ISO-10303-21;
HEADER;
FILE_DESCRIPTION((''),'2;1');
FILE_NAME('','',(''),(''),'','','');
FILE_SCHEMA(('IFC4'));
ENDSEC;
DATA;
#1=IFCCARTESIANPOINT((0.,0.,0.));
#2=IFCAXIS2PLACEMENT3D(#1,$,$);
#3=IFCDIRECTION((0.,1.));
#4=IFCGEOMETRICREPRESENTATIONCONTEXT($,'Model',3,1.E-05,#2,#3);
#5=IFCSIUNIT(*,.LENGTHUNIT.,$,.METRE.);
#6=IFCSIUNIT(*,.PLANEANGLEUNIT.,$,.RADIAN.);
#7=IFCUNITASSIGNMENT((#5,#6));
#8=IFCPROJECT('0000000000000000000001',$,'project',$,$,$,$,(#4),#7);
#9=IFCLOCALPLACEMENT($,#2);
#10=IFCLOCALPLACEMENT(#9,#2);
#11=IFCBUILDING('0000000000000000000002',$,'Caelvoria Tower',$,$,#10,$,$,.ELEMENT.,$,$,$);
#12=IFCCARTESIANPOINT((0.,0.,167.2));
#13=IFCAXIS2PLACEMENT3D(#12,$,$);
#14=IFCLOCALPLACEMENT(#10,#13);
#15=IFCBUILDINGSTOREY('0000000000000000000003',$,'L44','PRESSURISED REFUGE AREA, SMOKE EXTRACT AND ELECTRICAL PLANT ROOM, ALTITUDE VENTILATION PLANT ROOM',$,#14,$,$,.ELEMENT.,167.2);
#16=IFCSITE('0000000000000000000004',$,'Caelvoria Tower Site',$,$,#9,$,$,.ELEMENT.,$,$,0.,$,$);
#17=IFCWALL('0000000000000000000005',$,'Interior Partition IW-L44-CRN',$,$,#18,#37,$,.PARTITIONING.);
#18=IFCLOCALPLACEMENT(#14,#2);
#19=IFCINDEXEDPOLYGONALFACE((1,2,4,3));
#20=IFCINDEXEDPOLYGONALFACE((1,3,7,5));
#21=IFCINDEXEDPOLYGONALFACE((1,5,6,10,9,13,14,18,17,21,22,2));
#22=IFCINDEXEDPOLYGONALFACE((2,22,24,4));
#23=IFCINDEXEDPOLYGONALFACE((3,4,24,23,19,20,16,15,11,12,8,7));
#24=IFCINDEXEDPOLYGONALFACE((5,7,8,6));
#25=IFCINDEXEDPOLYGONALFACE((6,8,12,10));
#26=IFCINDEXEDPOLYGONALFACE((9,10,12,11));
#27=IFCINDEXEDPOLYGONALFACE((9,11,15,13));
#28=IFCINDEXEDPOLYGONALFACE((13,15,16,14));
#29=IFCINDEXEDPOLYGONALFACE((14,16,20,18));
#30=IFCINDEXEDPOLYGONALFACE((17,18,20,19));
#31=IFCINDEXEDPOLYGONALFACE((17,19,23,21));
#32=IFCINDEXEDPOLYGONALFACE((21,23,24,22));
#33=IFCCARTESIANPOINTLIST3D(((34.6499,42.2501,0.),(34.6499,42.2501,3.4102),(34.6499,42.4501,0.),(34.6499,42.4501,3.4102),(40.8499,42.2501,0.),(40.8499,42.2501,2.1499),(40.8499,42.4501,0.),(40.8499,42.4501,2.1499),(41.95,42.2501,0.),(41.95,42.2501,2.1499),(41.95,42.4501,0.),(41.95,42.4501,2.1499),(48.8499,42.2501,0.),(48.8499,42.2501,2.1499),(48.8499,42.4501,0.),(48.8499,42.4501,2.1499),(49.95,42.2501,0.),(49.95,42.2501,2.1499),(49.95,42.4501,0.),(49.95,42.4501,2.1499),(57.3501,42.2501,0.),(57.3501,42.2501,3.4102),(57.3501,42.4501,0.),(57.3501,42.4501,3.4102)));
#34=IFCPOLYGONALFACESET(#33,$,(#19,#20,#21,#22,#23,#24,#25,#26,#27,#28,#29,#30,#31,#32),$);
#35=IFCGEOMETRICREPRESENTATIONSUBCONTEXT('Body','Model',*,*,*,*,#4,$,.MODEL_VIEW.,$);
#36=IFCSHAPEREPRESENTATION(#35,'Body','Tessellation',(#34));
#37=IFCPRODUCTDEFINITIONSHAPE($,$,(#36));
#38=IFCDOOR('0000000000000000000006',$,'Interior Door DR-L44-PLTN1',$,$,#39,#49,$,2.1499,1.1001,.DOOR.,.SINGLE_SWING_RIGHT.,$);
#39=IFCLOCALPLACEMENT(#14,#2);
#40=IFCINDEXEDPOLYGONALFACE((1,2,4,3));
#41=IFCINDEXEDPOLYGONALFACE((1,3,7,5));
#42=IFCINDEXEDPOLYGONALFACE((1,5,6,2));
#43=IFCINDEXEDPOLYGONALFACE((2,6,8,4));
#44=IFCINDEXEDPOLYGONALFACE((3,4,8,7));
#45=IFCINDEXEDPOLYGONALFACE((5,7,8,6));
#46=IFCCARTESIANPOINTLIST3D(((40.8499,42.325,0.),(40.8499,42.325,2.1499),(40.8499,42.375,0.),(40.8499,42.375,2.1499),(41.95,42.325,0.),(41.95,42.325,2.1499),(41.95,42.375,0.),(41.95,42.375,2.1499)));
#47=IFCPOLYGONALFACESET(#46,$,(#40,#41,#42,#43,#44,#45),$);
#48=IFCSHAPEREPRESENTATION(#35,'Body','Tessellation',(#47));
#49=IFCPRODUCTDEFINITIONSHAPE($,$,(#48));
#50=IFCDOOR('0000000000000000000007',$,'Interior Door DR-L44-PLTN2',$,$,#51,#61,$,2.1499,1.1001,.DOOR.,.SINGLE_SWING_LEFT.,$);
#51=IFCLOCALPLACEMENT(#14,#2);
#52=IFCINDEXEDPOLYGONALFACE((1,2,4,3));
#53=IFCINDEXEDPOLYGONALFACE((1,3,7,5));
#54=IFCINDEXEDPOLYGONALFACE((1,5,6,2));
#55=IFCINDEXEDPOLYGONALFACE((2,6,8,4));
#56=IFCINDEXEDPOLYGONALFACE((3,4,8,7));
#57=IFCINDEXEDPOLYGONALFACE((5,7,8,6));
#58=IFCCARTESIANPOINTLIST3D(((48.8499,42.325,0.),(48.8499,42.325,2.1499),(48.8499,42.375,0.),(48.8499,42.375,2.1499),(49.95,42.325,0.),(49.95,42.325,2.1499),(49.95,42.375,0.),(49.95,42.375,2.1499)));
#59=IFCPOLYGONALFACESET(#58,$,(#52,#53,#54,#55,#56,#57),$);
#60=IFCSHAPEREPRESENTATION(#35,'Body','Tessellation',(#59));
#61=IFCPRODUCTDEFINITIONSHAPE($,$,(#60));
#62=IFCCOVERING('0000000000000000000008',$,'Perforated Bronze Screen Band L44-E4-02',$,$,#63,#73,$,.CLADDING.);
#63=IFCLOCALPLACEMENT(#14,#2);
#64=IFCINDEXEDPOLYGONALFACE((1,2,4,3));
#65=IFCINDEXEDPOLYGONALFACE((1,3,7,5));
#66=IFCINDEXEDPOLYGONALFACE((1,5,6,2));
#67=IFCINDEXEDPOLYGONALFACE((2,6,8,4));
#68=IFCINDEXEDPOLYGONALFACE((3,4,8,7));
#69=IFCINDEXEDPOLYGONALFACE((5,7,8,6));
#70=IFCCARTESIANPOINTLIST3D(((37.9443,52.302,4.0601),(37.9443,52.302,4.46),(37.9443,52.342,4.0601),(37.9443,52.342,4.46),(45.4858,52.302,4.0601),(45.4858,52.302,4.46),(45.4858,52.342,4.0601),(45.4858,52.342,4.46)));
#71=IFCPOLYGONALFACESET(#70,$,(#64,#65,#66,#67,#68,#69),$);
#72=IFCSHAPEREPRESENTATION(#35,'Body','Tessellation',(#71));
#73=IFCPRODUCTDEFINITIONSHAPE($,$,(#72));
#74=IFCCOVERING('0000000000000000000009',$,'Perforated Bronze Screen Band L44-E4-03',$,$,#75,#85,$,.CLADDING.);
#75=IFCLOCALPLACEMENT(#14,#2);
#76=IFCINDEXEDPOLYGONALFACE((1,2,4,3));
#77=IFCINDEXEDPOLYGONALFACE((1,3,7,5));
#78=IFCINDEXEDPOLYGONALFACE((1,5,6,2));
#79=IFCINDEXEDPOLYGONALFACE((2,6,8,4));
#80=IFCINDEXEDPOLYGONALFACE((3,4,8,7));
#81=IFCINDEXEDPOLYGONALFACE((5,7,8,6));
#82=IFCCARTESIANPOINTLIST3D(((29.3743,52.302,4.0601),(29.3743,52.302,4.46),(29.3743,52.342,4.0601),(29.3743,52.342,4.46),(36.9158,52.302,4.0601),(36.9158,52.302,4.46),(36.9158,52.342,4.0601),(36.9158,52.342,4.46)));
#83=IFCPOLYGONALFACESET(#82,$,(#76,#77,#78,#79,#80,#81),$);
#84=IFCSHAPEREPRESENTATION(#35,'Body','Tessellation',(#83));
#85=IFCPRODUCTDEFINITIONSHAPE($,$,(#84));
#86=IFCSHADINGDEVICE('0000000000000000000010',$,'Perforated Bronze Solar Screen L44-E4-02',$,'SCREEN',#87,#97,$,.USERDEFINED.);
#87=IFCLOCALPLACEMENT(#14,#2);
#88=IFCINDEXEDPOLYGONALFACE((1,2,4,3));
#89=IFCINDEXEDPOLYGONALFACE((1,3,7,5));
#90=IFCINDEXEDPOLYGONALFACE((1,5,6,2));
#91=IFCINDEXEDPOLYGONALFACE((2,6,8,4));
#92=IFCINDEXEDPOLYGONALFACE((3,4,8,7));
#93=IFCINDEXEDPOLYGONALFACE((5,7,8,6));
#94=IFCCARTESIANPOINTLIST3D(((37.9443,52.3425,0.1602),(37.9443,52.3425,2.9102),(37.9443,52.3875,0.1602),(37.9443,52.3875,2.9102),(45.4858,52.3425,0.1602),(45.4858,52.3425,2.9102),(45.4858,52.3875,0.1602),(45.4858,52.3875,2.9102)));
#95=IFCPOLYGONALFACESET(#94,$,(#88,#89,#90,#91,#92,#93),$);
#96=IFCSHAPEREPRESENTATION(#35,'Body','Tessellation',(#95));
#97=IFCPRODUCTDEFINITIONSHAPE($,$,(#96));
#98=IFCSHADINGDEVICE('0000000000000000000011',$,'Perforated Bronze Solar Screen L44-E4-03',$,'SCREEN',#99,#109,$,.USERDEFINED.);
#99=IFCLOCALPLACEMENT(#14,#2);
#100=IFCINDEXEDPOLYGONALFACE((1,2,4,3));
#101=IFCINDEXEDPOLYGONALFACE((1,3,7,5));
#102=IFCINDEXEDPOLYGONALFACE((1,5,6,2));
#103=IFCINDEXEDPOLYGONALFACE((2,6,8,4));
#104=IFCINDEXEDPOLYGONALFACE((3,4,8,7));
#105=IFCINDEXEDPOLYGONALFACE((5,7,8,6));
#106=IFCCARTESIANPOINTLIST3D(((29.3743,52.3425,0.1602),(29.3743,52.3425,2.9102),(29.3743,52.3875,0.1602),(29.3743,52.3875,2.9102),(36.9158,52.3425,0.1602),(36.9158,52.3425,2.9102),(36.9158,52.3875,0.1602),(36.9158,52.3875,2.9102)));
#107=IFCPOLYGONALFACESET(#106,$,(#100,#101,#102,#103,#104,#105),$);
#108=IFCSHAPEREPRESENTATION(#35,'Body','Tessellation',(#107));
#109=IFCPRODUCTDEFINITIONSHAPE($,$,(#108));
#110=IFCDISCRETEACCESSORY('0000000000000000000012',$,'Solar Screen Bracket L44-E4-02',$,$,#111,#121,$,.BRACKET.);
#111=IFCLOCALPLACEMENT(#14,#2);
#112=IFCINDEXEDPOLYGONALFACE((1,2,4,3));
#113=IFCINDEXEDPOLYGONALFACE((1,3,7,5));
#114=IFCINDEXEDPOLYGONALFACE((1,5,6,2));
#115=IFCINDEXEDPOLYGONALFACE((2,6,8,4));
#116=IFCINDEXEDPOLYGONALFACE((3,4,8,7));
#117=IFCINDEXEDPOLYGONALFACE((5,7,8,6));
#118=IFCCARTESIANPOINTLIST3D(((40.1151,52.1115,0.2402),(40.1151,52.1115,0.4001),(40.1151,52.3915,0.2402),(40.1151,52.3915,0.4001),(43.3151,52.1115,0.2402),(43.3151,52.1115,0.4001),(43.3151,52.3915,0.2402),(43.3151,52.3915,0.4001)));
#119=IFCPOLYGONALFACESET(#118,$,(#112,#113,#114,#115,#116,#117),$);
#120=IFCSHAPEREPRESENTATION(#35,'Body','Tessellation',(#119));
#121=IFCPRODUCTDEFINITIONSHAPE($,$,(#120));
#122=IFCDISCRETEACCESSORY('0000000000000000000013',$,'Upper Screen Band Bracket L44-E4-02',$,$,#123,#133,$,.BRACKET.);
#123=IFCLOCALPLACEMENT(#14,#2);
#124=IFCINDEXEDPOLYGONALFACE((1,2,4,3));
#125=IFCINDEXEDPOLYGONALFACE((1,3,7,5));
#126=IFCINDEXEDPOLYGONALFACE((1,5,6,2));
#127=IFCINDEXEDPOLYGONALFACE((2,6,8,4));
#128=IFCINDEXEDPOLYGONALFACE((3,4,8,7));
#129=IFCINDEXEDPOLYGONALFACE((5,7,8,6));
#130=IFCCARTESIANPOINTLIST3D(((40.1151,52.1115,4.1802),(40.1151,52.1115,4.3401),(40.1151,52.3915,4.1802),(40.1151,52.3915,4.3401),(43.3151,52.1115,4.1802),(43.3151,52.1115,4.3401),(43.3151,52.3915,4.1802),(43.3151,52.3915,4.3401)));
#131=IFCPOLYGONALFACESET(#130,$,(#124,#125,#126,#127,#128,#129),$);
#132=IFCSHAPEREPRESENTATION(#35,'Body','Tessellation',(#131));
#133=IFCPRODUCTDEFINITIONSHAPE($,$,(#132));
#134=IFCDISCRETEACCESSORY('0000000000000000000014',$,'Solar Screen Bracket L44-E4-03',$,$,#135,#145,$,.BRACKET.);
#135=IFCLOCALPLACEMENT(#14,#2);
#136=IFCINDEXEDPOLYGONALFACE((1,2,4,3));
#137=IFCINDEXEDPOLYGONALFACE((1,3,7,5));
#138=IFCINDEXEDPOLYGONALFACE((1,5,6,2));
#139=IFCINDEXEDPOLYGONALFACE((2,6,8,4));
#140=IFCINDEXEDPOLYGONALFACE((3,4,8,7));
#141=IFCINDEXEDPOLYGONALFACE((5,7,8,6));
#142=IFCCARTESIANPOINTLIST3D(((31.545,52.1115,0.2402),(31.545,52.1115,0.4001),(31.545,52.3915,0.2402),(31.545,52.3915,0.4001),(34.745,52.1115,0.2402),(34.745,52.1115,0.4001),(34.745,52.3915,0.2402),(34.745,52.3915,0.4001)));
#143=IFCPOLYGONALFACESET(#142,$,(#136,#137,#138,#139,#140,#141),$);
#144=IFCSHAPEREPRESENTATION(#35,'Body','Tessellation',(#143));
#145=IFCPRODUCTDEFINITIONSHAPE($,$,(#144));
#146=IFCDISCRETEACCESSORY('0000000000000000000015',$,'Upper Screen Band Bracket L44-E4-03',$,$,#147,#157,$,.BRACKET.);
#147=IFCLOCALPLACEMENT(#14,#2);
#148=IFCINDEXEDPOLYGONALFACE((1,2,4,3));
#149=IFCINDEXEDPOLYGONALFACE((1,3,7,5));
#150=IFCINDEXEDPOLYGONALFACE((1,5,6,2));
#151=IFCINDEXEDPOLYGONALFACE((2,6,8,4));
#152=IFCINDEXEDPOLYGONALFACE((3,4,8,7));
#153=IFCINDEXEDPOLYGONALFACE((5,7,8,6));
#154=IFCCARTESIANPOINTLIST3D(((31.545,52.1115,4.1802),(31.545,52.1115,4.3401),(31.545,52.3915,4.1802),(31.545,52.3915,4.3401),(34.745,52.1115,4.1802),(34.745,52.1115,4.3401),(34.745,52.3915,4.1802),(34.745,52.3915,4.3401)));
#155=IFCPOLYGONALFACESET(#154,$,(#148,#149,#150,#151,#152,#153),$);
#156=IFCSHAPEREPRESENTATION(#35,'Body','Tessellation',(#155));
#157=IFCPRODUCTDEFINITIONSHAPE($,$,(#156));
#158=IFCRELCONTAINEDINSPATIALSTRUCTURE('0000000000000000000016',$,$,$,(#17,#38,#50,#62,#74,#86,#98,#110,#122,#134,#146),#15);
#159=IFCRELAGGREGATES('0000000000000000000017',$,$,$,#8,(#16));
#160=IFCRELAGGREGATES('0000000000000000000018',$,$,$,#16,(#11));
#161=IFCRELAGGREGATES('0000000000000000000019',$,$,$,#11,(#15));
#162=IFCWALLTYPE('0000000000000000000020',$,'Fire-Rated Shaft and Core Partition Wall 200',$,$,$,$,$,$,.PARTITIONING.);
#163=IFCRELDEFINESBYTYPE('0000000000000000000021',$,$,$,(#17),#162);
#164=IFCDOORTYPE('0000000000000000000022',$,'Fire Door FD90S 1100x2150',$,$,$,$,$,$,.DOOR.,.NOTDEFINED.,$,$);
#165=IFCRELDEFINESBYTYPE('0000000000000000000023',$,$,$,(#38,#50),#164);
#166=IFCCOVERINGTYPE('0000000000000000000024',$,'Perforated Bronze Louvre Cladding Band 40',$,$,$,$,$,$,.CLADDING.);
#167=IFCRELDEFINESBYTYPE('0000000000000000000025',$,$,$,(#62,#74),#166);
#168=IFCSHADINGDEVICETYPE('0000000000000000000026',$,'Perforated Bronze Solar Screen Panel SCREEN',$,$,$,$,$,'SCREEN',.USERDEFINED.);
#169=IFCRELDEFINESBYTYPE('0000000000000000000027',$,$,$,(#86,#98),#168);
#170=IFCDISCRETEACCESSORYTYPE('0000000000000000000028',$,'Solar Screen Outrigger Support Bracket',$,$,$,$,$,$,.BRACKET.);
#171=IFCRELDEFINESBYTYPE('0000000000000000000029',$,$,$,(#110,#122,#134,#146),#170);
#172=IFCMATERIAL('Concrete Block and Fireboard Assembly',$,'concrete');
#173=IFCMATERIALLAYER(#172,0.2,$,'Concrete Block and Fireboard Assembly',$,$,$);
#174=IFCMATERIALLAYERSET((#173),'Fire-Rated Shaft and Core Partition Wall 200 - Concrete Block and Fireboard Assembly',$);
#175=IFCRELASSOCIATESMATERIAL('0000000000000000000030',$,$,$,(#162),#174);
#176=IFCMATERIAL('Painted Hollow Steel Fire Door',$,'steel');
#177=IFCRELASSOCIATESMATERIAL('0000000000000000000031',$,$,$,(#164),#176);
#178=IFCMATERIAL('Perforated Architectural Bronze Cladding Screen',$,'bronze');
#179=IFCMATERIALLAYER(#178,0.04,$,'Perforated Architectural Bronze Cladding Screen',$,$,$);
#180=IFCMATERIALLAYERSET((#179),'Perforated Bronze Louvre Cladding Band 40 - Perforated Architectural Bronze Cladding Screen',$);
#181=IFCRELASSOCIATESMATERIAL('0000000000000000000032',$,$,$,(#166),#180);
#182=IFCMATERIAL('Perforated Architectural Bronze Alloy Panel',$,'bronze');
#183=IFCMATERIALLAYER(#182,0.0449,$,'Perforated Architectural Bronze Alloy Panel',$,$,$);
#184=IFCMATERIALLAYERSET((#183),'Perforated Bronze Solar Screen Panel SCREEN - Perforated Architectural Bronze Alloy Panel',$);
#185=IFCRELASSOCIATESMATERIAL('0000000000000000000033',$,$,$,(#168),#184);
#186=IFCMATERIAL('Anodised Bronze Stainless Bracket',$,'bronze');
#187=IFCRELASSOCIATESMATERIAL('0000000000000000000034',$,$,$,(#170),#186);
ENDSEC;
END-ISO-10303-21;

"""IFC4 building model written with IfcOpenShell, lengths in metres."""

from ifc_helpers import new_model, si_unit, direction, frame, frame_2d, origin, origin_2d, place, context, subcontext, project, spatial, rectangle, extrude, material, layer, layer_set, type_object, element, fill, save


model = new_model("IFC4")

# Units and contexts
model_context = context("Model", 3, precision=1e-05, world=origin(), true_north=direction((0.0, 1.0)))
body_context = subcontext(model_context, "Body", "Model", "MODEL_VIEW")
ifc_project = project(units=[si_unit("LENGTHUNIT", "METRE"), si_unit("PLANEANGLEUNIT", "RADIAN")], contexts=[model_context])

# Site, building, storey
site_placement = place(None, origin())
site = spatial("IfcSite", under=ifc_project, at=site_placement, Name="Caelvoria Tower Site", CompositionType="ELEMENT", RefElevation=0.0)
building_placement = place(site_placement, origin())
building = spatial("IfcBuilding", under=site, at=building_placement, Name="Caelvoria Tower", CompositionType="ELEMENT")
storey_placement = place(building_placement, frame((0.0, 0.0, 167.2)))
storey = spatial("IfcBuildingStorey", under=building, at=storey_placement, Name="L44", Description="PRESSURISED REFUGE AREA, SMOKE EXTRACT AND ELECTRICAL PLANT ROOM, ALTITUDE VENTILATION PLANT ROOM", CompositionType="ELEMENT", Elevation=167.2)

# Shared definitions
ifc_material_1 = material(Name="Concrete Block and Fireboard Assembly", Category="concrete")
ifc_layer_1 = layer(ifc_material_1, 0.2, Name="Concrete Block and Fireboard Assembly")
ifc_layer_set_1 = layer_set([ifc_layer_1], Name="Fire-Rated Shaft and Core Partition Wall 200 - Concrete Block and Fireboard Assembly")
wall_type = type_object("IfcWallType", Name="Fire-Rated Shaft and Core Partition Wall 200", PredefinedType="PARTITIONING", material=ifc_layer_set_1)

# Wall, openings, doors
wall_placement = place(storey_placement, frame((34.6499, 42.3501, 0.0), z_axis=(0.0, 0.0, 1.0), x_axis=(1.0, 0.0, 0.0)))
wall = element("IfcWall", 1, at=wall_placement, inside=storey, type_object=wall_type, Name="Interior Partition IW-L44-CRN", PredefinedType="PARTITIONING", context=body_context, shape_type="SweptSolid", body=[
    extrude(rectangle(XDim=22.7002, YDim=0.2, at=frame_2d((11.3501, 0.0))), origin(), (0.0, 0.0, 1.0), 3.4102),
])
opening_1_placement = place(wall_placement, frame((6.2, 0.0, 0.0)))
opening_1 = element("IfcOpeningElement", 2, at=opening_1_placement, cuts=wall, PredefinedType="OPENING", context=body_context, shape_type="SweptSolid", body=[
    extrude(rectangle(XDim=1.1001, YDim=2.1499, at=frame_2d((0.55, 1.075))), frame((0.0, 0.1099, 0.0), z_axis=(0.0, -1.0, 0.0), x_axis=(1.0, 0.0, 0.0)), (0.0, 0.0, 1.0), 0.22),
])
opening_2_placement = place(wall_placement, frame((14.2, 0.0, 0.0)))
opening_2 = element("IfcOpeningElement", 3, at=opening_2_placement, cuts=wall, PredefinedType="OPENING", context=body_context, shape_type="SweptSolid", body=[
    extrude(rectangle(XDim=1.1001, YDim=2.1499, at=frame_2d((0.55, 1.075))), frame((0.0, 0.1099, 0.0), z_axis=(0.0, -1.0, 0.0), x_axis=(1.0, 0.0, 0.0)), (0.0, 0.0, 1.0), 0.22),
])
ifc_material_2 = material(Name="Painted Hollow Steel Fire Door", Category="steel")
door_type = type_object("IfcDoorType", Name="Fire Door FD90S 1100x2150", OperationType="NOTDEFINED", PredefinedType="DOOR", material=ifc_material_2)
door_1_placement = place(opening_1_placement, origin())
door_1 = element("IfcDoor", 4, at=door_1_placement, inside=storey, type_object=door_type, Name="Interior Door DR-L44-PLTN1", OperationType="SINGLE_SWING_RIGHT", OverallHeight=2.1499, OverallWidth=1.1001, PredefinedType="DOOR", context=body_context, shape_type="SweptSolid", body=[
    extrude(rectangle(XDim=1.1001, YDim=2.1499, at=frame_2d((0.55, 1.075))), frame((0.0, 0.0249, 0.0), z_axis=(0.0, -1.0, 0.0), x_axis=(1.0, 0.0, 0.0)), (0.0, 0.0, 1.0), 0.05),
])
fill(opening_1, door_1)
door_2_placement = place(opening_2_placement, origin())
door_2 = element("IfcDoor", 5, at=door_2_placement, inside=storey, type_object=door_type, Name="Interior Door DR-L44-PLTN2", OperationType="SINGLE_SWING_LEFT", OverallHeight=2.1499, OverallWidth=1.1001, PredefinedType="DOOR", context=body_context, shape_type="SweptSolid", body=[
    extrude(rectangle(XDim=1.1001, YDim=2.1499, at=frame_2d((0.55, 1.075))), frame((0.0, 0.0249, 0.0), z_axis=(0.0, -1.0, 0.0), x_axis=(1.0, 0.0, 0.0)), (0.0, 0.0, 1.0), 0.05),
])
fill(opening_2, door_2)

# Coverings
ifc_material_3 = material(Name="Perforated Architectural Bronze Cladding Screen", Category="bronze")
ifc_layer_2 = layer(ifc_material_3, 0.04, Name="Perforated Architectural Bronze Cladding Screen")
ifc_layer_set_2 = layer_set([ifc_layer_2], Name="Perforated Bronze Louvre Cladding Band 40 - Perforated Architectural Bronze Cladding Screen")
covering_type = type_object("IfcCoveringType", Name="Perforated Bronze Louvre Cladding Band 40", PredefinedType="CLADDING", material=ifc_layer_set_2)
for number, where, z_axis, x_axis, name in (
    (6, (41.7151, 52.322, 4.0601), (0.0, 0.0, 1.0), (-1.0, 0.0, 0.0), "Perforated Bronze Screen Band L44-E4-02"),
    (7, (33.145, 52.322, 4.0601), (0.0, 0.0, 1.0), (-1.0, 0.0, 0.0), "Perforated Bronze Screen Band L44-E4-03"),
):
    element("IfcCovering", number, at=place(storey_placement, frame(where, z_axis=z_axis, x_axis=x_axis)), inside=storey, type_object=covering_type, Name=name, PredefinedType="CLADDING", context=body_context, shape_type="SweptSolid", body=[
        extrude(rectangle(XDim=7.5415, YDim=0.04, at=origin_2d()), origin(), (0.0, 0.0, 1.0), 0.3999),
    ])

# Shading devices
ifc_material_4 = material(Name="Perforated Architectural Bronze Alloy Panel", Category="bronze")
ifc_layer_3 = layer(ifc_material_4, 0.0449, Name="Perforated Architectural Bronze Alloy Panel")
ifc_layer_set_3 = layer_set([ifc_layer_3], Name="Perforated Bronze Solar Screen Panel SCREEN - Perforated Architectural Bronze Alloy Panel")
shading_device_type = type_object("IfcShadingDeviceType", Name="Perforated Bronze Solar Screen Panel SCREEN", ElementType="SCREEN", PredefinedType="USERDEFINED", material=ifc_layer_set_3)
for number, where, z_axis, x_axis, name in (
    (8, (41.7151, 52.365, 0.1602), (0.0, 0.0, 1.0), (-1.0, 0.0, 0.0), "Perforated Bronze Solar Screen L44-E4-02"),
    (9, (33.145, 52.365, 0.1602), (0.0, 0.0, 1.0), (-1.0, 0.0, 0.0), "Perforated Bronze Solar Screen L44-E4-03"),
):
    element("IfcShadingDevice", number, at=place(storey_placement, frame(where, z_axis=z_axis, x_axis=x_axis)), inside=storey, type_object=shading_device_type, Name=name, ObjectType="SCREEN", PredefinedType="USERDEFINED", context=body_context, shape_type="SweptSolid", body=[
        extrude(rectangle(XDim=7.5415, YDim=0.0449, at=origin_2d()), origin(), (0.0, 0.0, 1.0), 2.75),
    ])

# Discrete accessories
ifc_material_5 = material(Name="Anodised Bronze Stainless Bracket", Category="bronze")
discrete_accessory_type = type_object("IfcDiscreteAccessoryType", Name="Solar Screen Outrigger Support Bracket", PredefinedType="BRACKET", material=ifc_material_5)
for number, where, z_axis, x_axis, name in (
    (10, (41.7151, 52.2515, 0.2402), (0.0, 0.0, 1.0), (-1.0, 0.0, 0.0), "Solar Screen Bracket L44-E4-02"),
    (11, (41.7151, 52.2515, 4.1802), (0.0, 0.0, 1.0), (-1.0, 0.0, 0.0), "Upper Screen Band Bracket L44-E4-02"),
    (12, (33.145, 52.2515, 0.2402), (0.0, 0.0, 1.0), (-1.0, 0.0, 0.0), "Solar Screen Bracket L44-E4-03"),
    (13, (33.145, 52.2515, 4.1802), (0.0, 0.0, 1.0), (-1.0, 0.0, 0.0), "Upper Screen Band Bracket L44-E4-03"),
):
    element("IfcDiscreteAccessory", number, at=place(storey_placement, frame(where, z_axis=z_axis, x_axis=x_axis)), inside=storey, type_object=discrete_accessory_type, Name=name, PredefinedType="BRACKET", context=body_context, shape_type="SweptSolid", body=[
        extrude(rectangle(XDim=3.2, YDim=0.28, at=origin_2d()), origin(), (0.0, 0.0, 1.0), 0.1599),
    ])

save(model, "model.ifc")
